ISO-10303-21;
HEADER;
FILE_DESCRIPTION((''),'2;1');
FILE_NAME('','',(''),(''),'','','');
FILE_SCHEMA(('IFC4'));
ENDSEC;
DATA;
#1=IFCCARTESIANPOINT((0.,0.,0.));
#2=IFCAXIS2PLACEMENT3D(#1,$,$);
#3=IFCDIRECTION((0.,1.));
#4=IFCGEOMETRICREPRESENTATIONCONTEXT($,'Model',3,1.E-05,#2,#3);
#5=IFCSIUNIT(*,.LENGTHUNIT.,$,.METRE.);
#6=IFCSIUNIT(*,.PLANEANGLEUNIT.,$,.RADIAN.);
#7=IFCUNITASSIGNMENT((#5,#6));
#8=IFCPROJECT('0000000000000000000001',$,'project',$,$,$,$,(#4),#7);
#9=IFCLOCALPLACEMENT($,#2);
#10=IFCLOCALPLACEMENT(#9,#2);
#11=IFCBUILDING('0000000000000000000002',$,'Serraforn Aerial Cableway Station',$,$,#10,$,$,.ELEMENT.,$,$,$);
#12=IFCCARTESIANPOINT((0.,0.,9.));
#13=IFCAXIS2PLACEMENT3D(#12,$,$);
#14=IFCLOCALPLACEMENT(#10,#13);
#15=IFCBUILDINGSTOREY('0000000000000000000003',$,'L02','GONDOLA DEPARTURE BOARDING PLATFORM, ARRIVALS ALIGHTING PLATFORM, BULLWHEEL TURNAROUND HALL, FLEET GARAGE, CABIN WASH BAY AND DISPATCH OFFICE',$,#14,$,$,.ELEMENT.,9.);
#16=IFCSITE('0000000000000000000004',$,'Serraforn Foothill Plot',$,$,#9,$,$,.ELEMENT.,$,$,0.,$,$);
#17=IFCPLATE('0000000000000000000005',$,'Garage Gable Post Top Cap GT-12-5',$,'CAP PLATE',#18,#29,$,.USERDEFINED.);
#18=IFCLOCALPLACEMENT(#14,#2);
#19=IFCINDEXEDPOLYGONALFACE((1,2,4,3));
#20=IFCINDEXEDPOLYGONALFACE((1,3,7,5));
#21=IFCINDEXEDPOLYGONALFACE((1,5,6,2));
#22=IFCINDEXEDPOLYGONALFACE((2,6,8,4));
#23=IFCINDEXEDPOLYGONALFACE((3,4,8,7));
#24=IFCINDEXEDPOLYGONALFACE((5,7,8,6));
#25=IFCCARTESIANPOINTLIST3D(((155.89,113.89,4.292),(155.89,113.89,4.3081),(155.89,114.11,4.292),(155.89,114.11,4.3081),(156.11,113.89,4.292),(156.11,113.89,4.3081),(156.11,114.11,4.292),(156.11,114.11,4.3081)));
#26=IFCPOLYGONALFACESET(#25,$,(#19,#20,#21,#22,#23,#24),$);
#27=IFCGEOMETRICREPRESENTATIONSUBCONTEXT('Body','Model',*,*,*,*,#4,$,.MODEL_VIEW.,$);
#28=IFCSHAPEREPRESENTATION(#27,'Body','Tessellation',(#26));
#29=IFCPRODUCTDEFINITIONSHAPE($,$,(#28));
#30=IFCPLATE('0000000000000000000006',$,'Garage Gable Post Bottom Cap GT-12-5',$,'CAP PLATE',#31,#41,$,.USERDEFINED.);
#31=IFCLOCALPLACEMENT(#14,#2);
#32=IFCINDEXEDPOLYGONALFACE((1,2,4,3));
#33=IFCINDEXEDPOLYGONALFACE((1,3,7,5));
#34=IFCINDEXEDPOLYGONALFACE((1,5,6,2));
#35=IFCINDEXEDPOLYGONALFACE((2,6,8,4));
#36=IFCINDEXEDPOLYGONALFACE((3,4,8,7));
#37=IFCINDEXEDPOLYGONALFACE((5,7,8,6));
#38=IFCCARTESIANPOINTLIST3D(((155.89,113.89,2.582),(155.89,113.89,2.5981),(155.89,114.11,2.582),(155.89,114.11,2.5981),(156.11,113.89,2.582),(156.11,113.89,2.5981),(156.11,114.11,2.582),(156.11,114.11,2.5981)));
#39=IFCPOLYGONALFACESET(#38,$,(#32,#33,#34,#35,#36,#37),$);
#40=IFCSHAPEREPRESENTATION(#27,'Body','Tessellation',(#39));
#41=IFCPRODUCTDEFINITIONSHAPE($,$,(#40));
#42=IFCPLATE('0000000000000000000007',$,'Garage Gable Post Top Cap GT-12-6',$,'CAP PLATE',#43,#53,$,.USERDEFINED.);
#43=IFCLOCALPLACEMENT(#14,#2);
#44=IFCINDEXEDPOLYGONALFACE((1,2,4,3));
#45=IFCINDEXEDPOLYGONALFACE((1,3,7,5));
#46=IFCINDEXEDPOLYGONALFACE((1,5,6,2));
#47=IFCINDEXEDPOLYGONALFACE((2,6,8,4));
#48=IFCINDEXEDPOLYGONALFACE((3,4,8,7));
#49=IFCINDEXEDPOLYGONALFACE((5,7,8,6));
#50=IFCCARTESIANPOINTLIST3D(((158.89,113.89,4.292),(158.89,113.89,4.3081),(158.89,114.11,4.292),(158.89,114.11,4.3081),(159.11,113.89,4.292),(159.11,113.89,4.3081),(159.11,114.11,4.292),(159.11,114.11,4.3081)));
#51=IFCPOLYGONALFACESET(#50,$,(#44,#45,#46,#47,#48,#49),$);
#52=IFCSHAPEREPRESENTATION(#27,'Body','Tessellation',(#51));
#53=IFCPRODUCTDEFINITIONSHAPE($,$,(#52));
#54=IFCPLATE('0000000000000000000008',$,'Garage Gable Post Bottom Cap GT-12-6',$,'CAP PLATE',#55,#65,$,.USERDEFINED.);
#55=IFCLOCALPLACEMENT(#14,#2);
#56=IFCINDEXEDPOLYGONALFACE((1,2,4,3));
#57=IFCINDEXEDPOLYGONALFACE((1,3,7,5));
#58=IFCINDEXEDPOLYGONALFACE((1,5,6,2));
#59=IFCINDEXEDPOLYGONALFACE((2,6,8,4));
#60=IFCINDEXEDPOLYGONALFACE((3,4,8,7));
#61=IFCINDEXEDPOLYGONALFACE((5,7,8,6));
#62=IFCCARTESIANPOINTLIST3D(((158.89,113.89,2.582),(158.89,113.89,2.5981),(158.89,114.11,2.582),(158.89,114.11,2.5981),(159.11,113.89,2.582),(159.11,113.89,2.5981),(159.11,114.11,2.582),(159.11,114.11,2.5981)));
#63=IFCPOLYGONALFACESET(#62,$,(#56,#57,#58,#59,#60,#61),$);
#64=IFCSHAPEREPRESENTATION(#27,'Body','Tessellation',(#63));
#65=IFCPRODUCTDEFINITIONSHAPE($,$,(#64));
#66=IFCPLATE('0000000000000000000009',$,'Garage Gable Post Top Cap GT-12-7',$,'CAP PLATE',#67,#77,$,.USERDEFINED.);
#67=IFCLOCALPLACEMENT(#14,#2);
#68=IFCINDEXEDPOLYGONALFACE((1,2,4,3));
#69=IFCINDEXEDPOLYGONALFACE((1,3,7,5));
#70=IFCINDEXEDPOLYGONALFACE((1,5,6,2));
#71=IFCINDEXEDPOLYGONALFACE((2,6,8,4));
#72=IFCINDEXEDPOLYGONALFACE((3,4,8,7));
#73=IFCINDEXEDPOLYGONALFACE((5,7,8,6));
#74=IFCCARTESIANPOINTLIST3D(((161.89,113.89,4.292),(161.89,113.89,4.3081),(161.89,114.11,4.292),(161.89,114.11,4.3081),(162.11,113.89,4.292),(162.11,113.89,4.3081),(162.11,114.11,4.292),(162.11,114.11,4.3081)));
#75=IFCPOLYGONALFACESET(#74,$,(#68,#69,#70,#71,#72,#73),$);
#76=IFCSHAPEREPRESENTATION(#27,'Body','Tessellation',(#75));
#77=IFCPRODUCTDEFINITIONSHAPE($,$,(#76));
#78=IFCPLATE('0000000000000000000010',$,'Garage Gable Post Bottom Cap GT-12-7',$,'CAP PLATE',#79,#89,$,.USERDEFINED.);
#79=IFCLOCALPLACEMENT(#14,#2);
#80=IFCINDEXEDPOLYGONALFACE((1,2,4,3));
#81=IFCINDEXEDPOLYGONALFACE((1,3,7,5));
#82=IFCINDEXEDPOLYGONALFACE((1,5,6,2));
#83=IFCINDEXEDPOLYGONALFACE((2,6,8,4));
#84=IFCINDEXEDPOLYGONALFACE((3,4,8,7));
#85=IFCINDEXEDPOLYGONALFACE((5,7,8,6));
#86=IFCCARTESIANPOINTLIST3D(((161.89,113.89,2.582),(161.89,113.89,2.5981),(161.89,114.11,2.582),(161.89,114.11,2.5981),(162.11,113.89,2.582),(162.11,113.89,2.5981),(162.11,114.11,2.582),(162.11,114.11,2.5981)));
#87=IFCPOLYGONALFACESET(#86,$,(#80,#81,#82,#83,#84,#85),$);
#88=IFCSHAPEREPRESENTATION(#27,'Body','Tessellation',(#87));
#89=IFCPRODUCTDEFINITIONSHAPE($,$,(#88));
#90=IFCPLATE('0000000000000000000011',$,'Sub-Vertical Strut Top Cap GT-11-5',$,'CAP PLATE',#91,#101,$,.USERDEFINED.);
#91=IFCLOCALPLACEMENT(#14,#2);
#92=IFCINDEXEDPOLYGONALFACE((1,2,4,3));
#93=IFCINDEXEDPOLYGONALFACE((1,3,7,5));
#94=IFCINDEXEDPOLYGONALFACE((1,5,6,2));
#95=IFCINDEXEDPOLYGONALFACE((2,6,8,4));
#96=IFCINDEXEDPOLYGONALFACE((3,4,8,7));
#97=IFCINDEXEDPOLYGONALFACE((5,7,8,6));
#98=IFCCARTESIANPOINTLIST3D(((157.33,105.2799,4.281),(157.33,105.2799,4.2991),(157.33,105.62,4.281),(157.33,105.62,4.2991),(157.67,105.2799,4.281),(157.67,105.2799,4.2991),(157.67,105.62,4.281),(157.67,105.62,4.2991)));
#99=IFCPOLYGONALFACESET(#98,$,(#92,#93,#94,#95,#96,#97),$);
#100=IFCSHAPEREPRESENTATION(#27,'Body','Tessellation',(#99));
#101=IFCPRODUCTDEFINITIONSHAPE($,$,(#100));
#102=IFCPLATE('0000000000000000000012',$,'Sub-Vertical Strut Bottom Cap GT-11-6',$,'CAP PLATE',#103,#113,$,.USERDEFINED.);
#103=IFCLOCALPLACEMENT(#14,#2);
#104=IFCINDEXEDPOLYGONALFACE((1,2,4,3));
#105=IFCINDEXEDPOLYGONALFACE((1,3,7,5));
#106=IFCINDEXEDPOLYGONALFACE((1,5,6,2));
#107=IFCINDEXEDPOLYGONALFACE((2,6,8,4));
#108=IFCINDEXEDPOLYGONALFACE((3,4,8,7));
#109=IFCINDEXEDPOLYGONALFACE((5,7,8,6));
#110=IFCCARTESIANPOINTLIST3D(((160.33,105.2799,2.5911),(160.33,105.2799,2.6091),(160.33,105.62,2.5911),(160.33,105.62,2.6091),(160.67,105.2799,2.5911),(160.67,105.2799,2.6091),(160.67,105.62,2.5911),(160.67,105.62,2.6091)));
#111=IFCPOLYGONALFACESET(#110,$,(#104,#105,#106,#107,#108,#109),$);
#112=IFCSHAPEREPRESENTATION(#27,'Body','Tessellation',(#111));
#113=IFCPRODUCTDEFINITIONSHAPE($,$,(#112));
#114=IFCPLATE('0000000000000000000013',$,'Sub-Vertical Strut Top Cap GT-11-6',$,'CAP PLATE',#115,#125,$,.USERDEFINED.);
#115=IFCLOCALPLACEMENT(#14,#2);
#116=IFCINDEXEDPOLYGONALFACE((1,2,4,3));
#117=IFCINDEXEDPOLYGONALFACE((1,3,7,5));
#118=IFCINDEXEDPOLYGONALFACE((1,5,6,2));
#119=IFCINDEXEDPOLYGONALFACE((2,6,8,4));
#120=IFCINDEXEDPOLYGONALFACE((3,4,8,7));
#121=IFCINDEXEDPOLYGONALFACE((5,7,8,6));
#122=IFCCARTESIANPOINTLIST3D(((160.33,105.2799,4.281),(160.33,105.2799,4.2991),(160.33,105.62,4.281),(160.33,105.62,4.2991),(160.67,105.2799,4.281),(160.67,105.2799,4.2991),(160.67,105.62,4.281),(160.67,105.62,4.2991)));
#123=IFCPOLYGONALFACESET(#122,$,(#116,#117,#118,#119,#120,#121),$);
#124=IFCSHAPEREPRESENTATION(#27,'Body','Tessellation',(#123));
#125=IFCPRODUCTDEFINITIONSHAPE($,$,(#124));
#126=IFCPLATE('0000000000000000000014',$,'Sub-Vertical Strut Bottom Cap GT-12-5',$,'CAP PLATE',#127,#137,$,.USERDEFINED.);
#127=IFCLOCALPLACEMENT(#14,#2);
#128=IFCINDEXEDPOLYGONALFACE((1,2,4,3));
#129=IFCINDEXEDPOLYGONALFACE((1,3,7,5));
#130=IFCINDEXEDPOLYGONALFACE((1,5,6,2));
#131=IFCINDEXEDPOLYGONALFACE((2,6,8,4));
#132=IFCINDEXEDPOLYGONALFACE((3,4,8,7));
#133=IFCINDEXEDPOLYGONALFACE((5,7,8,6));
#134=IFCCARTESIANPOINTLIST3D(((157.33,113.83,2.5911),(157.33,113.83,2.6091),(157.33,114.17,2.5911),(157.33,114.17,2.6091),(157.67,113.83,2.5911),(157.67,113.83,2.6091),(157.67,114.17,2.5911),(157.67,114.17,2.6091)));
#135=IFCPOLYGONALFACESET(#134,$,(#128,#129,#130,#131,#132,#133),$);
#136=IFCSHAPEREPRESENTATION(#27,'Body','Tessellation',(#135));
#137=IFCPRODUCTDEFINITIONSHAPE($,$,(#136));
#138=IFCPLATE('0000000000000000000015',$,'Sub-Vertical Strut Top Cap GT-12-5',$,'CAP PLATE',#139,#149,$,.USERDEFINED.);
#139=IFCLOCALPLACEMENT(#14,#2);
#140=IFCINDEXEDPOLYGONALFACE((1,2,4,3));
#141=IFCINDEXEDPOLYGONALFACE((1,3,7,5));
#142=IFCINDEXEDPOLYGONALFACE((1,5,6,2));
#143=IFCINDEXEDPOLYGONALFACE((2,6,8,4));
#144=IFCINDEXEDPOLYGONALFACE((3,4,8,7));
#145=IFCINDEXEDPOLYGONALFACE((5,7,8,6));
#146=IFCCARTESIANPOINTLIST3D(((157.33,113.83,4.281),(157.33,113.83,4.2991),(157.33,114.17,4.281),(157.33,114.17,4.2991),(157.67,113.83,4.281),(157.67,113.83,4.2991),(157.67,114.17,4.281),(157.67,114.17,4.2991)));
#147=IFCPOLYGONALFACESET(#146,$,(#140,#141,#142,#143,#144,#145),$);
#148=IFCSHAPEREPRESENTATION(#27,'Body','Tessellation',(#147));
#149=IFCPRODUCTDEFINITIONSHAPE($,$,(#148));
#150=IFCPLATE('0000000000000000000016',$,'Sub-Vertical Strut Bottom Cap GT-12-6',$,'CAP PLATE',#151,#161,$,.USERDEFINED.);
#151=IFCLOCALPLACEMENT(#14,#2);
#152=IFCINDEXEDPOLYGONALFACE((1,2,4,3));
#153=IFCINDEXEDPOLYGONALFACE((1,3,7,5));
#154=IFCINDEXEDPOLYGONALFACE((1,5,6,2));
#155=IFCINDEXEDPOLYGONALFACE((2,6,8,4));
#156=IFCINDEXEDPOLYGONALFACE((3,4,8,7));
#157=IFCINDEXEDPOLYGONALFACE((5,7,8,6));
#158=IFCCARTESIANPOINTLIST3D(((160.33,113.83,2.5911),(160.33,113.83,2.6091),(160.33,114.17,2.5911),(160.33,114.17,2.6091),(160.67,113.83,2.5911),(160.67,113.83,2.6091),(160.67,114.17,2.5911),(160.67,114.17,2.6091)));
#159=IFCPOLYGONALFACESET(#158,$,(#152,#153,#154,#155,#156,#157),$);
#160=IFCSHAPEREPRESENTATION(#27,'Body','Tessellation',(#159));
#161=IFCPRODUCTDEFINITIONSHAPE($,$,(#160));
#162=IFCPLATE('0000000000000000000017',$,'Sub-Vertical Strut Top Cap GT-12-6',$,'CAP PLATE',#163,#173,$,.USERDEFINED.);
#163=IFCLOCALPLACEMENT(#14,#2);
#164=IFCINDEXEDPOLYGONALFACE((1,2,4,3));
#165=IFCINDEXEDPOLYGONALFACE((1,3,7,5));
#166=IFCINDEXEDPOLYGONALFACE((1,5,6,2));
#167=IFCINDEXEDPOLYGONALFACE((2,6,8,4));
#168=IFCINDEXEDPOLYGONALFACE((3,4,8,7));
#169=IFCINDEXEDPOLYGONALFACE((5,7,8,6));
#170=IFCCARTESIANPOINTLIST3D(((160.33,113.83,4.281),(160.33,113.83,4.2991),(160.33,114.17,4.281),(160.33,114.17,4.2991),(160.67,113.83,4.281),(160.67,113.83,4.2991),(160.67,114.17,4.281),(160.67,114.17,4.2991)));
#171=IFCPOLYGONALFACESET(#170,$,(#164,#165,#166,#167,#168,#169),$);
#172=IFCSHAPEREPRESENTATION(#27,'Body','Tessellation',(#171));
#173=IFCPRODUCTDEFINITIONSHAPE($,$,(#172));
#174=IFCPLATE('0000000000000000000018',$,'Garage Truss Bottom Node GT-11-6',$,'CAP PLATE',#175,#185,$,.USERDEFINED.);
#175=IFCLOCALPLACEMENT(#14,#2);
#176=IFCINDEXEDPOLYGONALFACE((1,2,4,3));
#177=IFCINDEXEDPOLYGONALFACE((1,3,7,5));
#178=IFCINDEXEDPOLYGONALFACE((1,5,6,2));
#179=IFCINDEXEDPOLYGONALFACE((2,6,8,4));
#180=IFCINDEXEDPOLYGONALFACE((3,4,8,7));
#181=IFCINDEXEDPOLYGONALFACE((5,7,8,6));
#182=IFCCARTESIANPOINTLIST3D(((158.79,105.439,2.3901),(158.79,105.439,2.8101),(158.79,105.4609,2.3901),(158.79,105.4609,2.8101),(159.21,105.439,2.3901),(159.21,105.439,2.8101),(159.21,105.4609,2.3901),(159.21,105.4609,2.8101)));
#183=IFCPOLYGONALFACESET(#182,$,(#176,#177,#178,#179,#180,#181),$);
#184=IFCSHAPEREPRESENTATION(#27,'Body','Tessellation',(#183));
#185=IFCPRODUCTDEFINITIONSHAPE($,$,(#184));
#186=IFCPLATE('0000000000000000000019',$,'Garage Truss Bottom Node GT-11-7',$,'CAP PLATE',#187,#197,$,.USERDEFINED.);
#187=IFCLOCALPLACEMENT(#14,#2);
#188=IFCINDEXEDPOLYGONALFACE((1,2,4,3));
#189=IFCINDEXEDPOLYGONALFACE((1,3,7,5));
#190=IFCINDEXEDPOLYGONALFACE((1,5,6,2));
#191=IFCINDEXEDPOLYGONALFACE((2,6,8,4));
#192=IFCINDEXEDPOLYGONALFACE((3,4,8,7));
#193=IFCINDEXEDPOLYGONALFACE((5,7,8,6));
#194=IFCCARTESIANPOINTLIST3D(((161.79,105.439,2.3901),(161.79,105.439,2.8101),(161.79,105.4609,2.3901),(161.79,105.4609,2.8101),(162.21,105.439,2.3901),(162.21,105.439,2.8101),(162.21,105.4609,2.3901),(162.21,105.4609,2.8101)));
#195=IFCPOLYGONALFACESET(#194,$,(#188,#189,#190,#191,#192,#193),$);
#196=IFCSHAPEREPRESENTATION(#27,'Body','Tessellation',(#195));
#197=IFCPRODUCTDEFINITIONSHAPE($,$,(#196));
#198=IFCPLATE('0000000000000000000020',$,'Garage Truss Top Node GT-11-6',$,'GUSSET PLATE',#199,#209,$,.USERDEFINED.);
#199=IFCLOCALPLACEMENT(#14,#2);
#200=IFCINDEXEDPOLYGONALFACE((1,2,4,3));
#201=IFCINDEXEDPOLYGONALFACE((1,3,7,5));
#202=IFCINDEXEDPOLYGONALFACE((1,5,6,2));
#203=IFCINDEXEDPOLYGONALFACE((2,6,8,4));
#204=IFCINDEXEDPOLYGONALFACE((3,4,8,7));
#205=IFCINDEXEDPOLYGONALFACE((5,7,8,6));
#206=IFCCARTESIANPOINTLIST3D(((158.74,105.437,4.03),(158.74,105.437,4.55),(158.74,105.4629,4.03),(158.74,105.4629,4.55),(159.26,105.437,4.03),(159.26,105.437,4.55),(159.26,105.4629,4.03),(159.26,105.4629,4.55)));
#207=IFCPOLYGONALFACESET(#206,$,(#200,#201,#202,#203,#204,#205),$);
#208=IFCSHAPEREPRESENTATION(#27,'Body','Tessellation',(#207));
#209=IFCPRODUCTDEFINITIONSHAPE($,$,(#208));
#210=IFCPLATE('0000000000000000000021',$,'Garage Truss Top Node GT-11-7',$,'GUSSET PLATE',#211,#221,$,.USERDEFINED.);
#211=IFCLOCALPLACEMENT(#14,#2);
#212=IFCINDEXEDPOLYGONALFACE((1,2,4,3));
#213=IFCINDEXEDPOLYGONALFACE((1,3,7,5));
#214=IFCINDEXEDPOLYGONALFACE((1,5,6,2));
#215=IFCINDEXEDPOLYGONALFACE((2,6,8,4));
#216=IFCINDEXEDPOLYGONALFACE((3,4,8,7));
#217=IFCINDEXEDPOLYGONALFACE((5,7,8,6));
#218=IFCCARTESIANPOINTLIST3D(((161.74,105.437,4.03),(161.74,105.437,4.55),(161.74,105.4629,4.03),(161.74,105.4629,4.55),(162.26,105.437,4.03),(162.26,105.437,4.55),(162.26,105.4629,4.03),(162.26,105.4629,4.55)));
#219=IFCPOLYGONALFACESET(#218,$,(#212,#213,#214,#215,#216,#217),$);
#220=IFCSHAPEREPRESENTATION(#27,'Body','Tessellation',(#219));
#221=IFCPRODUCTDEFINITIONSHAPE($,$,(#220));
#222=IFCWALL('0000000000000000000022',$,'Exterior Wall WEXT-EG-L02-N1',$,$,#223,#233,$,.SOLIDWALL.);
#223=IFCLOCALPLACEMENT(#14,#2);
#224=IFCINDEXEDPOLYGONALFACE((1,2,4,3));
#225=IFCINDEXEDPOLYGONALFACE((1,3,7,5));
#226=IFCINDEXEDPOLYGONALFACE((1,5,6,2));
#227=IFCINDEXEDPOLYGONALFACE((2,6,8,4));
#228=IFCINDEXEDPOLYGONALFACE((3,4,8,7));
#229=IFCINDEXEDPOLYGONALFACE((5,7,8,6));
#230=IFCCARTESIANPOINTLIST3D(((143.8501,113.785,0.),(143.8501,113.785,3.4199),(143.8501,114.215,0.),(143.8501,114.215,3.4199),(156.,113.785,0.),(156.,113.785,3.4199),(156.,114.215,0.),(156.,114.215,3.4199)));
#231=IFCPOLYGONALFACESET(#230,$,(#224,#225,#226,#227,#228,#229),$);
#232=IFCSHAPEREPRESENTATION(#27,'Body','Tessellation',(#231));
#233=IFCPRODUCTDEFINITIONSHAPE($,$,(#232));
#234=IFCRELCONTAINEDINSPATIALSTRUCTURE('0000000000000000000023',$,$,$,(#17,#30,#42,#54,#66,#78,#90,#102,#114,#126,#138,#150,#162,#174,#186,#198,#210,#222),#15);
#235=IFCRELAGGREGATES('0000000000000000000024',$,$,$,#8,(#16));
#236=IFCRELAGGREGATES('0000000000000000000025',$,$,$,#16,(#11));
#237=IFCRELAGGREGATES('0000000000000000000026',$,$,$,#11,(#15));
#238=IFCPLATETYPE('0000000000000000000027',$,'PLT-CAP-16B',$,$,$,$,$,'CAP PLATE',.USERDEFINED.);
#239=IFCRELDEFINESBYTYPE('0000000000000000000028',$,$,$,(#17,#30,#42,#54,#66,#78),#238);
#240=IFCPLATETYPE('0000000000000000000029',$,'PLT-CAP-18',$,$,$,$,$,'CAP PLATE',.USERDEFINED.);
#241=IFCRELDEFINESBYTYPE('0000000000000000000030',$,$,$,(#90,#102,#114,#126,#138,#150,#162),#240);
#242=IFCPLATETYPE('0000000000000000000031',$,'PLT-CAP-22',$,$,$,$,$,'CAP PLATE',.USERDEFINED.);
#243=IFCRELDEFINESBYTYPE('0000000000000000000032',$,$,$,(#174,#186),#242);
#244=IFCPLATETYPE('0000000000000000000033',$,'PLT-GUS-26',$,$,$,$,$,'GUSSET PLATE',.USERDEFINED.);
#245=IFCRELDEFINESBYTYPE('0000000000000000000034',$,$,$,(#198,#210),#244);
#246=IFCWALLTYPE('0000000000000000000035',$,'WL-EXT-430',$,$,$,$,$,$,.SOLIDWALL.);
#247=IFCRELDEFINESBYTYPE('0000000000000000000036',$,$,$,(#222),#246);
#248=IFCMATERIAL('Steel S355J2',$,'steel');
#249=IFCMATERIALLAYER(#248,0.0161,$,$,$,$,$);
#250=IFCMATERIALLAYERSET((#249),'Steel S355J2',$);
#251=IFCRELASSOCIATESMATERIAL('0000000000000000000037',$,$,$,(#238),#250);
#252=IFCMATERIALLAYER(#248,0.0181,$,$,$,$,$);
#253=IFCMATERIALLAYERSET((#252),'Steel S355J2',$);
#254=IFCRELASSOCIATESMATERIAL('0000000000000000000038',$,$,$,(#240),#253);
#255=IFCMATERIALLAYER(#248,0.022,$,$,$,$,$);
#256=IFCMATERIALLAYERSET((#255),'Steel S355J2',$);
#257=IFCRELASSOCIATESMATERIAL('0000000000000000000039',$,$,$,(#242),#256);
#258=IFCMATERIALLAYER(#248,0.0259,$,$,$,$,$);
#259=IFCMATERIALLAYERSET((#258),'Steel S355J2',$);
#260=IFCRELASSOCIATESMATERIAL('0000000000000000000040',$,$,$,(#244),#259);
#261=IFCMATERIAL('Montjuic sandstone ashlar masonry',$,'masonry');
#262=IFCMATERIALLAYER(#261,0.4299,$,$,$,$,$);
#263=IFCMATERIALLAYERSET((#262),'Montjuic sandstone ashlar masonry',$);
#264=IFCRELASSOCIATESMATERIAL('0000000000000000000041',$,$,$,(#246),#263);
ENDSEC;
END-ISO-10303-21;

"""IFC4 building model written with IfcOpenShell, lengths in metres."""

from ifc_helpers import new_model, si_unit, direction, frame, frame_2d, origin, origin_2d, place, context, subcontext, project, spatial, rectangle, extrude, material, layer, layer_set, type_object, element, save


model = new_model("IFC4")

# Units and contexts
model_context = context("Model", 3, precision=1e-05, world=origin(), true_north=direction((0.0, 1.0)))
body_context = subcontext(model_context, "Body", "Model", "MODEL_VIEW")
ifc_project = project(units=[si_unit("LENGTHUNIT", "METRE"), si_unit("PLANEANGLEUNIT", "RADIAN")], contexts=[model_context])

# Site, building, storey
site_placement = place(None, origin())
site = spatial("IfcSite", under=ifc_project, at=site_placement, Name="Serraforn Foothill Plot", CompositionType="ELEMENT", RefElevation=0.0)
building_placement = place(site_placement, origin())
building = spatial("IfcBuilding", under=site, at=building_placement, Name="Serraforn Aerial Cableway Station", CompositionType="ELEMENT")
storey_placement = place(building_placement, frame((0.0, 0.0, 9.0)))
storey = spatial("IfcBuildingStorey", under=building, at=storey_placement, Name="L02", Description="GONDOLA DEPARTURE BOARDING PLATFORM, ARRIVALS ALIGHTING PLATFORM, BULLWHEEL TURNAROUND HALL, FLEET GARAGE, CABIN WASH BAY AND DISPATCH OFFICE", CompositionType="ELEMENT", Elevation=9.0)

# Shared definitions
ifc_material_1 = material(Name="Steel S355J2", Category="steel")

# Plates
ifc_layer_1 = layer(ifc_material_1, 0.0161)
ifc_layer_set_1 = layer_set([ifc_layer_1], Name="Steel S355J2")
plate_type_1 = type_object("IfcPlateType", Name="PLT-CAP-16B", ElementType="CAP PLATE", PredefinedType="USERDEFINED", material=ifc_layer_set_1)
for number, where, z_axis, x_axis, name in (
    (1, (156.0, 114.0, 4.292), (0.0, 0.0, 1.0), (1.0, 0.0, 0.0), "Garage Gable Post Top Cap GT-12-5"),
    (2, (156.0, 114.0, 2.582), (0.0, 0.0, 1.0), (1.0, 0.0, 0.0), "Garage Gable Post Bottom Cap GT-12-5"),
    (3, (159.0, 114.0, 4.292), (0.0, 0.0, 1.0), (1.0, 0.0, 0.0), "Garage Gable Post Top Cap GT-12-6"),
    (4, (159.0, 114.0, 2.582), (0.0, 0.0, 1.0), (1.0, 0.0, 0.0), "Garage Gable Post Bottom Cap GT-12-6"),
    (5, (162.0, 114.0, 4.292), (0.0, 0.0, 1.0), (1.0, 0.0, 0.0), "Garage Gable Post Top Cap GT-12-7"),
    (6, (162.0, 114.0, 2.582), (0.0, 0.0, 1.0), (1.0, 0.0, 0.0), "Garage Gable Post Bottom Cap GT-12-7"),
):
    element("IfcPlate", number, at=place(storey_placement, frame(where, z_axis=z_axis, x_axis=x_axis)), inside=storey, type_object=plate_type_1, Name=name, ObjectType="CAP PLATE", PredefinedType="USERDEFINED", context=body_context, shape_type="SweptSolid", body=[
        extrude(rectangle(XDim=0.22, YDim=0.22, at=origin_2d()), origin(), (0.0, 0.0, 1.0), 0.0161),
    ])
ifc_layer_2 = layer(ifc_material_1, 0.0181)
ifc_layer_set_2 = layer_set([ifc_layer_2], Name="Steel S355J2")
plate_type_2 = type_object("IfcPlateType", Name="PLT-CAP-18", ElementType="CAP PLATE", PredefinedType="USERDEFINED", material=ifc_layer_set_2)
for number, where, z_axis, x_axis, name in (
    (7, (157.5, 105.45, 4.281), (0.0, 0.0, 1.0), (1.0, 0.0, 0.0), "Sub-Vertical Strut Top Cap GT-11-5"),
    (8, (160.5, 105.45, 2.5911), (0.0, 0.0, 1.0), (1.0, 0.0, 0.0), "Sub-Vertical Strut Bottom Cap GT-11-6"),
    (9, (160.5, 105.45, 4.281), (0.0, 0.0, 1.0), (1.0, 0.0, 0.0), "Sub-Vertical Strut Top Cap GT-11-6"),
    (10, (157.5, 114.0, 2.5911), (0.0, 0.0, 1.0), (1.0, 0.0, 0.0), "Sub-Vertical Strut Bottom Cap GT-12-5"),
    (11, (157.5, 114.0, 4.281), (0.0, 0.0, 1.0), (1.0, 0.0, 0.0), "Sub-Vertical Strut Top Cap GT-12-5"),
    (12, (160.5, 114.0, 2.5911), (0.0, 0.0, 1.0), (1.0, 0.0, 0.0), "Sub-Vertical Strut Bottom Cap GT-12-6"),
    (13, (160.5, 114.0, 4.281), (0.0, 0.0, 1.0), (1.0, 0.0, 0.0), "Sub-Vertical Strut Top Cap GT-12-6"),
):
    element("IfcPlate", number, at=place(storey_placement, frame(where, z_axis=z_axis, x_axis=x_axis)), inside=storey, type_object=plate_type_2, Name=name, ObjectType="CAP PLATE", PredefinedType="USERDEFINED", context=body_context, shape_type="SweptSolid", body=[
        extrude(rectangle(XDim=0.3401, YDim=0.3401, at=origin_2d()), origin(), (0.0, 0.0, 1.0), 0.0181),
    ])
ifc_layer_3 = layer(ifc_material_1, 0.022)
ifc_layer_set_3 = layer_set([ifc_layer_3], Name="Steel S355J2")
plate_type_3 = type_object("IfcPlateType", Name="PLT-CAP-22", ElementType="CAP PLATE", PredefinedType="USERDEFINED", material=ifc_layer_set_3)
for number, where, z_axis, x_axis, name in (
    (14, (159.0, 105.45, 2.3901), (0.0, 0.0, 1.0), (1.0, 0.0, 0.0), "Garage Truss Bottom Node GT-11-6"),
    (15, (162.0, 105.45, 2.3901), (0.0, 0.0, 1.0), (1.0, 0.0, 0.0), "Garage Truss Bottom Node GT-11-7"),
):
    element("IfcPlate", number, at=place(storey_placement, frame(where, z_axis=z_axis, x_axis=x_axis)), inside=storey, type_object=plate_type_3, Name=name, ObjectType="CAP PLATE", PredefinedType="USERDEFINED", context=body_context, shape_type="SweptSolid", body=[
        extrude(rectangle(XDim=0.4199, YDim=0.022, at=origin_2d()), origin(), (0.0, 0.0, 1.0), 0.4199),
    ])
ifc_layer_4 = layer(ifc_material_1, 0.0259)
ifc_layer_set_4 = layer_set([ifc_layer_4], Name="Steel S355J2")
plate_type_4 = type_object("IfcPlateType", Name="PLT-GUS-26", ElementType="GUSSET PLATE", PredefinedType="USERDEFINED", material=ifc_layer_set_4)
for number, where, z_axis, x_axis, name in (
    (16, (159.0, 105.45, 4.03), (0.0, 0.0, 1.0), (1.0, 0.0, 0.0), "Garage Truss Top Node GT-11-6"),
    (17, (162.0, 105.45, 4.03), (0.0, 0.0, 1.0), (1.0, 0.0, 0.0), "Garage Truss Top Node GT-11-7"),
):
    element("IfcPlate", number, at=place(storey_placement, frame(where, z_axis=z_axis, x_axis=x_axis)), inside=storey, type_object=plate_type_4, Name=name, ObjectType="GUSSET PLATE", PredefinedType="USERDEFINED", context=body_context, shape_type="SweptSolid", body=[
        extrude(rectangle(XDim=0.52, YDim=0.0259, at=origin_2d()), origin(), (0.0, 0.0, 1.0), 0.52),
    ])

# Wall
ifc_material_2 = material(Name="Montjuic sandstone ashlar masonry", Category="masonry")
ifc_layer_5 = layer(ifc_material_2, 0.4299)
ifc_layer_set_5 = layer_set([ifc_layer_5], Name="Montjuic sandstone ashlar masonry")
wall_type_1 = type_object("IfcWallType", Name="WL-EXT-430", PredefinedType="SOLIDWALL", material=ifc_layer_set_5)
wall_1_placement = place(storey_placement, frame((156.0, 114.0, 0.0), z_axis=(0.0, 0.0, 1.0), x_axis=(-1.0, 0.0, 0.0)))
element("IfcWall", 18, at=wall_1_placement, inside=storey, type_object=wall_type_1, Name="Exterior Wall WEXT-EG-L02-N1", PredefinedType="SOLIDWALL", context=body_context, shape_type="SweptSolid", body=[
    extrude(rectangle(XDim=12.1499, YDim=0.4299, at=frame_2d((6.075, 0.0))), origin(), (0.0, 0.0, 1.0), 3.4199),
])

save(model, "model.ifc")
